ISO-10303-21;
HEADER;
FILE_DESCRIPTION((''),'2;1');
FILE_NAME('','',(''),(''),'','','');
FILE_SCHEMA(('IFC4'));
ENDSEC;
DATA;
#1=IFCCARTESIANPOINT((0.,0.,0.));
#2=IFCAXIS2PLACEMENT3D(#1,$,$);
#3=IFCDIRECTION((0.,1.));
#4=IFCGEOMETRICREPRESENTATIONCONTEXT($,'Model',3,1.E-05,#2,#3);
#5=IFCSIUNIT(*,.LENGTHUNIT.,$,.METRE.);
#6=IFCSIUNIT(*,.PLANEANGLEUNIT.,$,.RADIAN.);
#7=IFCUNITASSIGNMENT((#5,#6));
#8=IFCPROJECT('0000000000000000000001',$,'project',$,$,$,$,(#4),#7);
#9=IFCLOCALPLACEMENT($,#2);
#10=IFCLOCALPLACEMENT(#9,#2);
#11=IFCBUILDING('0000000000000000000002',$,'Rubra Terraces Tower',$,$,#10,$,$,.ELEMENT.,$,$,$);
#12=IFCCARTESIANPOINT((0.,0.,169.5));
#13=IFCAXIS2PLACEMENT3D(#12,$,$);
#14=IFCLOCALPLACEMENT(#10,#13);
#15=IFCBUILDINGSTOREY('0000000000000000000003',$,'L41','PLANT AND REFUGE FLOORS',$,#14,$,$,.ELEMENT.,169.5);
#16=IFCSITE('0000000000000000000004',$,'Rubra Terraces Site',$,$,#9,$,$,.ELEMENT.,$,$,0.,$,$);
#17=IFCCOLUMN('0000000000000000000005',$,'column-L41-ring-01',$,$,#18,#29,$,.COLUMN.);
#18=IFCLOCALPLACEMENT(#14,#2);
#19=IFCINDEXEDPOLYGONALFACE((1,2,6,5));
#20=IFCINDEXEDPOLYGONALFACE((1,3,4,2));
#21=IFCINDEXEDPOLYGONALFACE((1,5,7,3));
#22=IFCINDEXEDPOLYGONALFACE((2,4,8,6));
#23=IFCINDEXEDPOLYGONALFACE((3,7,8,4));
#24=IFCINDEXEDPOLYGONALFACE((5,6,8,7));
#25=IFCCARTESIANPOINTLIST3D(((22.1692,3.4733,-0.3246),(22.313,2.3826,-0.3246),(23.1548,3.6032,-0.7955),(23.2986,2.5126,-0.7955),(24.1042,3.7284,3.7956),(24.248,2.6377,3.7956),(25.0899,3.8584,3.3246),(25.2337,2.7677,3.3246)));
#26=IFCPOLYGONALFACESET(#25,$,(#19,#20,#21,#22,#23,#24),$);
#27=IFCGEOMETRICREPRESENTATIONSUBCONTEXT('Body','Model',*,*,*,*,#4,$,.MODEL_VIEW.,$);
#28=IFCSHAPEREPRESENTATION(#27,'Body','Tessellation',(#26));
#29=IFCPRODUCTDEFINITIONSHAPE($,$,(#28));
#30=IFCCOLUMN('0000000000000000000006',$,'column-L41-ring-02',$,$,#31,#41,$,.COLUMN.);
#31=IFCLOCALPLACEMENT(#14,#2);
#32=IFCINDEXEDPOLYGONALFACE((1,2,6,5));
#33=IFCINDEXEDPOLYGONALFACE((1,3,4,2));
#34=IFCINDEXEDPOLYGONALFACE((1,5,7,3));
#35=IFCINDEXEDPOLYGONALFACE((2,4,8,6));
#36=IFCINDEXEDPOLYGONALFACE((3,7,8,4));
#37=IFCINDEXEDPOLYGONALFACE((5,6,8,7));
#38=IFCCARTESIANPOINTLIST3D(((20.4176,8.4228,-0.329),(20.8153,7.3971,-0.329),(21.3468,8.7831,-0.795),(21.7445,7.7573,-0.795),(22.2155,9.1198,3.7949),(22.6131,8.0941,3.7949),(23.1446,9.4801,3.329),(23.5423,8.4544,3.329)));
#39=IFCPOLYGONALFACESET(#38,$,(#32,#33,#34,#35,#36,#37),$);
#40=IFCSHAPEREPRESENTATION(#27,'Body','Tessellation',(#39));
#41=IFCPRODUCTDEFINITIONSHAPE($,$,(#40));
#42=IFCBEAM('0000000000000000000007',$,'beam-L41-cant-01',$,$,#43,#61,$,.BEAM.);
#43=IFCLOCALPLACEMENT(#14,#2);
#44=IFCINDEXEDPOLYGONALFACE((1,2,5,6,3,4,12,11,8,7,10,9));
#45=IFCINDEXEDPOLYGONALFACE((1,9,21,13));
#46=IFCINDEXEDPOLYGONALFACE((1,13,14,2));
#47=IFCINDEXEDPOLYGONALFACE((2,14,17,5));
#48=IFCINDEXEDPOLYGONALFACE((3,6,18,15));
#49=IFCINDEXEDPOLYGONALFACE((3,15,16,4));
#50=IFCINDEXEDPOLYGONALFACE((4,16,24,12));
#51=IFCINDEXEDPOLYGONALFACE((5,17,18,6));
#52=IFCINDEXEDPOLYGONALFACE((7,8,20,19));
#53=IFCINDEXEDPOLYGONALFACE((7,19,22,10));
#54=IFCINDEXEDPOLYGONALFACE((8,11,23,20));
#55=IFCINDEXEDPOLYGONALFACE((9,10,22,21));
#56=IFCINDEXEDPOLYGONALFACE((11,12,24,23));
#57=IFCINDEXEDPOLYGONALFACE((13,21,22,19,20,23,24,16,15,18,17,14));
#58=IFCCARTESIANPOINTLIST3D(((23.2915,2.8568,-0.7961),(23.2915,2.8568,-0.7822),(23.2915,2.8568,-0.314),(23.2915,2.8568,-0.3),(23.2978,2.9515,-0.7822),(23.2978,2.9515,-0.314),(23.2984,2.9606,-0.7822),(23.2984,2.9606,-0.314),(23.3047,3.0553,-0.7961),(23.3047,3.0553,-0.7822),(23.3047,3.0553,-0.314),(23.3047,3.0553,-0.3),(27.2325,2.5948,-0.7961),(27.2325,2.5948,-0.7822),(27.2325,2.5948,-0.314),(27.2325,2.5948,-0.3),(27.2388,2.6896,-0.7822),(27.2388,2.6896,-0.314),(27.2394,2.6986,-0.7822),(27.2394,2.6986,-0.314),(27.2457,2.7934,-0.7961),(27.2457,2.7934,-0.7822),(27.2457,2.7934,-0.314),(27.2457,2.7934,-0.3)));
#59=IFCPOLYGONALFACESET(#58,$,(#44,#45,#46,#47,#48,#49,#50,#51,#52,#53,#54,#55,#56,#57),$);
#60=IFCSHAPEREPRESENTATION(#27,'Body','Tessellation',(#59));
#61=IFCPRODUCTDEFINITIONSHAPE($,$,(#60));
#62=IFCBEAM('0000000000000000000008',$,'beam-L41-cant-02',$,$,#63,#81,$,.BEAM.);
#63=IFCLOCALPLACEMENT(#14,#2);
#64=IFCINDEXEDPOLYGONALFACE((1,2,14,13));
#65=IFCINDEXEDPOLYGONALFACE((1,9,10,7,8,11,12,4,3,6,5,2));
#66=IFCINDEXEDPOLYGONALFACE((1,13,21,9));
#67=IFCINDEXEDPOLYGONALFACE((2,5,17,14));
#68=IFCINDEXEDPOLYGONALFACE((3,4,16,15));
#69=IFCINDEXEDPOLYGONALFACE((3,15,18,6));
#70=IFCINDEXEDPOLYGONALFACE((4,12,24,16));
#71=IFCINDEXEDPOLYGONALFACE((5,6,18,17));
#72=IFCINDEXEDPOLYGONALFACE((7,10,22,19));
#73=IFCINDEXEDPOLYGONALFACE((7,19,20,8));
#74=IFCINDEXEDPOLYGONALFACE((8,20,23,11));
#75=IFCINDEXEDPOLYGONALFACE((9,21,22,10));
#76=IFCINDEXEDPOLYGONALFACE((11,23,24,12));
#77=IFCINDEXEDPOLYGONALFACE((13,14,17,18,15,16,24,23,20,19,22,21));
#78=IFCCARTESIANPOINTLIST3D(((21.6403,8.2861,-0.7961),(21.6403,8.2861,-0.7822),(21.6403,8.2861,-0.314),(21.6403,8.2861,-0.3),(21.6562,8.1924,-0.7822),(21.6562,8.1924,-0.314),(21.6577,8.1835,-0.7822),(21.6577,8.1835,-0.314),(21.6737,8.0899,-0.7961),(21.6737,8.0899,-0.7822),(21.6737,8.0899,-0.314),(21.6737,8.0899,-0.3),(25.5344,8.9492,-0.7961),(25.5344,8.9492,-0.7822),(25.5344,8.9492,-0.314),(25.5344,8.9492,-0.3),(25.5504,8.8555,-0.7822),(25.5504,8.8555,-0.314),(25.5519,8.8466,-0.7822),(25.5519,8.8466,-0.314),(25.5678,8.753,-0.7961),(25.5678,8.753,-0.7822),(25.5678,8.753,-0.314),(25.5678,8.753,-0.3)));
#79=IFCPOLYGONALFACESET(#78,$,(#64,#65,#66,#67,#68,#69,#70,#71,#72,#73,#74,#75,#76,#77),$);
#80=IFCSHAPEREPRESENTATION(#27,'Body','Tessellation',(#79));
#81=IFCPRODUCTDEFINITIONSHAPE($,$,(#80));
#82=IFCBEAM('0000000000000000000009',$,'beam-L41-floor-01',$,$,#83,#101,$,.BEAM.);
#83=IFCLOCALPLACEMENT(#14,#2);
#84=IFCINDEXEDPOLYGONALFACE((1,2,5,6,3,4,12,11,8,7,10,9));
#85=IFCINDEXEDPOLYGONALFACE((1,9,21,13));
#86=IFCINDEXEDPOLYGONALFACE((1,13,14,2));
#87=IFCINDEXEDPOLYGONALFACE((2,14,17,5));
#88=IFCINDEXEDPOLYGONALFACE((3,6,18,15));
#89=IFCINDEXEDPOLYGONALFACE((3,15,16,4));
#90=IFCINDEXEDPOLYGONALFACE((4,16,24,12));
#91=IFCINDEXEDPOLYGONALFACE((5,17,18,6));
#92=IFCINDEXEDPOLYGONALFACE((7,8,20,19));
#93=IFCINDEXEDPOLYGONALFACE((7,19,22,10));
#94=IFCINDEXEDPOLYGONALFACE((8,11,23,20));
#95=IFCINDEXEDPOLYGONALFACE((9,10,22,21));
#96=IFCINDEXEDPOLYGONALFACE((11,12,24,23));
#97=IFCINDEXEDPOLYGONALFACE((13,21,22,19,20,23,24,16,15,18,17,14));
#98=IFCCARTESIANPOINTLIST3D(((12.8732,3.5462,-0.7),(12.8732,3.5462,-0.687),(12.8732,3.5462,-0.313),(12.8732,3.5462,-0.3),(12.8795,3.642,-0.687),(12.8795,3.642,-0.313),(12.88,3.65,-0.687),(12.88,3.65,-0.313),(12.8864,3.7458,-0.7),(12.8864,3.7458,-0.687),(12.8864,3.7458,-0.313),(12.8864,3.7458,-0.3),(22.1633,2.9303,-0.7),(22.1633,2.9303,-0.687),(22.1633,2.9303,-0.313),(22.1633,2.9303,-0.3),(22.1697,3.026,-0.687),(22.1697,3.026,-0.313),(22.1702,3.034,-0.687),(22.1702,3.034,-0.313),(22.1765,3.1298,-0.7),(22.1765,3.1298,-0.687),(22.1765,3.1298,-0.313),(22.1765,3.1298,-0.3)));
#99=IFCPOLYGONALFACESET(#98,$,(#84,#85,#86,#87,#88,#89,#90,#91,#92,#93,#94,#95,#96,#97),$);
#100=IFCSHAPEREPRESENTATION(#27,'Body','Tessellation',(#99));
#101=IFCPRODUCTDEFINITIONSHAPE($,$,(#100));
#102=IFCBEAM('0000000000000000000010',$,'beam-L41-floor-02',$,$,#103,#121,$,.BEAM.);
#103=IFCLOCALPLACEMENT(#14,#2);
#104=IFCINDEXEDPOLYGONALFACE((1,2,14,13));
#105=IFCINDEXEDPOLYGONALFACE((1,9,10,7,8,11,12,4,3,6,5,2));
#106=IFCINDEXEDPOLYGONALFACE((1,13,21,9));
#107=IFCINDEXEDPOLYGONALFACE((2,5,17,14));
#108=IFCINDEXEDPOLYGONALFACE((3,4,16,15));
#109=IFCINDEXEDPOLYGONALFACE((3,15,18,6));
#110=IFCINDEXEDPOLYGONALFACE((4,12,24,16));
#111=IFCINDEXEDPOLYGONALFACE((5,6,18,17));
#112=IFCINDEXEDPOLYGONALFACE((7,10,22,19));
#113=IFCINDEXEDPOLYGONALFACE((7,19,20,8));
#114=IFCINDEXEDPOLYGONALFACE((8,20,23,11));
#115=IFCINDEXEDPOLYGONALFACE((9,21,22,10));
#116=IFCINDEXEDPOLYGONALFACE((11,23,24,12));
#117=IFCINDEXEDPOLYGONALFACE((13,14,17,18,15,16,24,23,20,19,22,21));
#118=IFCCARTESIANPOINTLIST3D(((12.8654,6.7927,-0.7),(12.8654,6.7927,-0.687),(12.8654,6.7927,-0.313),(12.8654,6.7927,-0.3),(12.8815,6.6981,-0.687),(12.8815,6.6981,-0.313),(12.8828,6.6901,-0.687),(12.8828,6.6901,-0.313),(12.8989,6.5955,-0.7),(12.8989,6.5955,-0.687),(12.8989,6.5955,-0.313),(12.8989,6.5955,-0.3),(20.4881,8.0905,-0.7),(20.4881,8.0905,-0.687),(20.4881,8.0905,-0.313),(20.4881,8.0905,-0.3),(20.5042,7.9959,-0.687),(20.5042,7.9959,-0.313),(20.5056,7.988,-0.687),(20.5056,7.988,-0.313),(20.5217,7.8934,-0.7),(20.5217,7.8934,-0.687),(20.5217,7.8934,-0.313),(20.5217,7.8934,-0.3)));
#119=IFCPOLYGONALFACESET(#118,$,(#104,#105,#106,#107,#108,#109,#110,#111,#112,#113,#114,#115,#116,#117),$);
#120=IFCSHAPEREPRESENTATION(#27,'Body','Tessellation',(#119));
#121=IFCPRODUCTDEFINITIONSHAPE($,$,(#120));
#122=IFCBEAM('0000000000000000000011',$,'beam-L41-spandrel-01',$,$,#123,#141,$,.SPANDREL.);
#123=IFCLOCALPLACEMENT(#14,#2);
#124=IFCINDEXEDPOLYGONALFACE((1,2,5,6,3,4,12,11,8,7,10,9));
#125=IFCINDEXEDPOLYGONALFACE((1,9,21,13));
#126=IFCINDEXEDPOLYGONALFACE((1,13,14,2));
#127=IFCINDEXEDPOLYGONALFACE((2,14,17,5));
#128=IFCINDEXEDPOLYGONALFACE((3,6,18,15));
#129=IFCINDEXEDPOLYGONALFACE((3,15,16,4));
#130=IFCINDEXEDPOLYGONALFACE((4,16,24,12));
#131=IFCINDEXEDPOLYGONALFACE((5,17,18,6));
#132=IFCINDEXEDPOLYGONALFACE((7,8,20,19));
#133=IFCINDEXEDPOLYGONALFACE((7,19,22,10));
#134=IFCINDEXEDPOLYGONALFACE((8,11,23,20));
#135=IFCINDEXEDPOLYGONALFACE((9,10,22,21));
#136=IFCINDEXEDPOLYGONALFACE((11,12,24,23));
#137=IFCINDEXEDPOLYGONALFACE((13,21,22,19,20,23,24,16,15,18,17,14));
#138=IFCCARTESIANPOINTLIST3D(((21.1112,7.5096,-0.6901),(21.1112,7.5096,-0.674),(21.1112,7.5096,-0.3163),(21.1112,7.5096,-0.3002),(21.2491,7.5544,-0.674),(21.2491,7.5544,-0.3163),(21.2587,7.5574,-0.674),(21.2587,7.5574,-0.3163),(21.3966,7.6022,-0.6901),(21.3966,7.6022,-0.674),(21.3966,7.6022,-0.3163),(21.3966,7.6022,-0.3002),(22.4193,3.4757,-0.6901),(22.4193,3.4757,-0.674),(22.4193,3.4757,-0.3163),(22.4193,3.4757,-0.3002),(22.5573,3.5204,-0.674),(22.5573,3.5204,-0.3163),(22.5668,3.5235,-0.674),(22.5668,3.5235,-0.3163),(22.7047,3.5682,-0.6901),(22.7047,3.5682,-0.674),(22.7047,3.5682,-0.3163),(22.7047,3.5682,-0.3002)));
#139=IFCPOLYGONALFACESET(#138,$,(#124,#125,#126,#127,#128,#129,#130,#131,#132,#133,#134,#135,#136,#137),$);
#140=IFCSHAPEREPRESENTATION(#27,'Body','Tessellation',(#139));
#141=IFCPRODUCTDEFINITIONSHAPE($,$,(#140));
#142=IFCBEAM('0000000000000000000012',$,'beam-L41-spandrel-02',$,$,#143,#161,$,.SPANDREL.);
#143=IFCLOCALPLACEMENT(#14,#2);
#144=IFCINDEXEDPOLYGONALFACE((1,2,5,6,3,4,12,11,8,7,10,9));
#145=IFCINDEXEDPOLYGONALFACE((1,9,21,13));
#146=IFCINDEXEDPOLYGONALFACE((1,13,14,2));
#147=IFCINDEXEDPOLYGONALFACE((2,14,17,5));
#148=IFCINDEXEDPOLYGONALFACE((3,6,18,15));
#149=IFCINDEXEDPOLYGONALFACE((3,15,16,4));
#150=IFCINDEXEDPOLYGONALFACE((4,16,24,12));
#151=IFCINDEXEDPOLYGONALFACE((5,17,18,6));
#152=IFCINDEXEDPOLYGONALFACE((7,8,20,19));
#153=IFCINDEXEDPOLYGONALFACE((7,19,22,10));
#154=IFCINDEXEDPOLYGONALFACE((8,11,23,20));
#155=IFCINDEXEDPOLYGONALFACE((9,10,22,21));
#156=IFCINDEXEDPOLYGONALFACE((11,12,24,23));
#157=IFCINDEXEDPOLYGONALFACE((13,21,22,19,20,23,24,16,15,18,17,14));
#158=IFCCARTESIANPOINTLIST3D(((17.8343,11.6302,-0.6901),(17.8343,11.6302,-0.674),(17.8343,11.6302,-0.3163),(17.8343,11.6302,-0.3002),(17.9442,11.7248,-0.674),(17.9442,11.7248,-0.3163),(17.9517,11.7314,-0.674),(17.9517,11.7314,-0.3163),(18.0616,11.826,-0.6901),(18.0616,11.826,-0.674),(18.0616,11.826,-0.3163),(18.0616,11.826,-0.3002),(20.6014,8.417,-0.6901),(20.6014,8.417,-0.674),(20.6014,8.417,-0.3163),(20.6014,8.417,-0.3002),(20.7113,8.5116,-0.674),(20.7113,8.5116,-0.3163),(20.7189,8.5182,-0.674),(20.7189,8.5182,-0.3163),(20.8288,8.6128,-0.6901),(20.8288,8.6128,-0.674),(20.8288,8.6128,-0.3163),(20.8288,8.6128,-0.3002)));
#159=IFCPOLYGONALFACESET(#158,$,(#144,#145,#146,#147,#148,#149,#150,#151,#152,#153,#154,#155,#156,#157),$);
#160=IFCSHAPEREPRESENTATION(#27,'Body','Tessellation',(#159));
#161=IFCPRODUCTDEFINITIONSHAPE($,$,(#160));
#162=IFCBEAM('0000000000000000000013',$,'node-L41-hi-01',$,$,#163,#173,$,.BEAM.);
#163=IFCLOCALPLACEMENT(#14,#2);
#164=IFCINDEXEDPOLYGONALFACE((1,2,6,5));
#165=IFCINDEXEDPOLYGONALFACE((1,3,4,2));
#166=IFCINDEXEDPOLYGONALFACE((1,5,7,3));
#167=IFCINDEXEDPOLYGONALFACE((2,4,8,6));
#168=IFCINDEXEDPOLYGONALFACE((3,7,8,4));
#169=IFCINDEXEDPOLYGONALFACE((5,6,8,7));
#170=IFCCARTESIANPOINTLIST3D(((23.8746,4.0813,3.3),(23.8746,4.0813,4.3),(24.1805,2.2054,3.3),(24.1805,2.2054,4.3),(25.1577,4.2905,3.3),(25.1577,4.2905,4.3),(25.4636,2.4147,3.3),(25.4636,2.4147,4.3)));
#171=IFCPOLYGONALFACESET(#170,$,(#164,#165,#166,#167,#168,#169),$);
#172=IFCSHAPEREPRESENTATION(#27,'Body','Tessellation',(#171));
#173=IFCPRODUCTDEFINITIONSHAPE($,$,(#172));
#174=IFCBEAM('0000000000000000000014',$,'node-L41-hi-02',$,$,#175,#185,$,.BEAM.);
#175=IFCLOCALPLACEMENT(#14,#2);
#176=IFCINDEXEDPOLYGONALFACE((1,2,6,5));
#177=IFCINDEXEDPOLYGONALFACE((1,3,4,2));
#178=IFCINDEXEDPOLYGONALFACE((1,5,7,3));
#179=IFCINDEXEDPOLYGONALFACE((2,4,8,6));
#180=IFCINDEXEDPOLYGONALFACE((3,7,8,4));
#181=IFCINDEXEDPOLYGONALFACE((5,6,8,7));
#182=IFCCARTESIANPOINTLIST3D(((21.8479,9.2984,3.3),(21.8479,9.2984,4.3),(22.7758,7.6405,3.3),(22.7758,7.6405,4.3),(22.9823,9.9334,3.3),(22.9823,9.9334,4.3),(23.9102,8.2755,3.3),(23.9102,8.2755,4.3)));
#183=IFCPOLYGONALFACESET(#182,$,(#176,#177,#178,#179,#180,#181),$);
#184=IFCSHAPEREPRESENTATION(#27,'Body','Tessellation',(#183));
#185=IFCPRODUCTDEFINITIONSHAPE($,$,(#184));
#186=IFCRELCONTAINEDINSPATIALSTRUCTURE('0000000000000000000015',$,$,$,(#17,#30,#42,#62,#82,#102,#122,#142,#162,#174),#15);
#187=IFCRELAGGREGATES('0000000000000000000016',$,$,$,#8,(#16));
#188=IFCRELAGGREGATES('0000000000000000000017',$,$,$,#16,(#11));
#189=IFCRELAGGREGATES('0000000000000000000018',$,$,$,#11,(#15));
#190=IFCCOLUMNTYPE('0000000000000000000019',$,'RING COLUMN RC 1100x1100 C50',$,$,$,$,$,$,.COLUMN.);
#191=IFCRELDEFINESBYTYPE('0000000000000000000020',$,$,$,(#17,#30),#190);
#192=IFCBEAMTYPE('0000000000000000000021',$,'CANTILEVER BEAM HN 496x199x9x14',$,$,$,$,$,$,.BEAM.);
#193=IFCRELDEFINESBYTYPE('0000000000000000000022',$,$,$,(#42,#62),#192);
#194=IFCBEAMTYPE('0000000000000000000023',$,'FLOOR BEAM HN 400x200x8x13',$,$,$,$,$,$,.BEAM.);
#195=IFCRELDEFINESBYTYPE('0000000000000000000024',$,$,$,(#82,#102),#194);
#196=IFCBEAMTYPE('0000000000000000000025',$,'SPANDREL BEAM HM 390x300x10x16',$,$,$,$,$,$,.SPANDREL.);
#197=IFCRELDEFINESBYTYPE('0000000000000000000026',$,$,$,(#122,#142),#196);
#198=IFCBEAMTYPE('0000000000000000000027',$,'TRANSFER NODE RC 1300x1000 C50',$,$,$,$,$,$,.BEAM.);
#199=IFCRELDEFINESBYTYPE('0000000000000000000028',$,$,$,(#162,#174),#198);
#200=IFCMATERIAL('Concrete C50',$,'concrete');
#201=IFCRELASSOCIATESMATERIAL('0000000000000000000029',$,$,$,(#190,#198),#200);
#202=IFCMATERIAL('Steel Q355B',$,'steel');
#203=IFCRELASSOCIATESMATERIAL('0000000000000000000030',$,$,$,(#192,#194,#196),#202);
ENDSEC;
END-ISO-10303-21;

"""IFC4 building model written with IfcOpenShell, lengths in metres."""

from ifc_helpers import new_model, si_unit, direction, frame, origin, origin_2d, place, context, subcontext, project, spatial, rectangle, i_section, extrude, material, material_profile, profile_set, type_object, element, save


model = new_model("IFC4")

# Units and contexts
model_context = context("Model", 3, precision=1e-05, world=origin(), true_north=direction((0.0, 1.0)))
body_context = subcontext(model_context, "Body", "Model", "MODEL_VIEW")
ifc_project = project(units=[si_unit("LENGTHUNIT", "METRE"), si_unit("PLANEANGLEUNIT", "RADIAN")], contexts=[model_context])

# Site, building, storey
site_placement = place(None, origin())
site = spatial("IfcSite", under=ifc_project, at=site_placement, Name="Rubra Terraces Site", CompositionType="ELEMENT", RefElevation=0.0)
building_placement = place(site_placement, origin())
building = spatial("IfcBuilding", under=site, at=building_placement, Name="Rubra Terraces Tower", CompositionType="ELEMENT")
storey_placement = place(building_placement, frame((0.0, 0.0, 169.5)))
storey = spatial("IfcBuildingStorey", under=building, at=storey_placement, Name="L41", Description="PLANT AND REFUGE FLOORS", CompositionType="ELEMENT", Elevation=169.5)

# Columns
ifc_material_1 = material(Name="Concrete C50", Category="concrete")
ifc_material_profile_1 = material_profile(ifc_material_1, rectangle(XDim=1.1001, YDim=1.1001, at=origin_2d()), Name="RC 1100x1100")
ifc_profile_set_1 = profile_set([ifc_material_profile_1], Name="Concrete C50")
column_type = type_object("IfcColumnType", Name="RING COLUMN RC 1100x1100 C50", PredefinedType="COLUMN", material=ifc_profile_set_1)
column_1_placement = place(storey_placement, frame((22.7339, 2.9929, -0.5601), z_axis=(0.424444, 0.055961, 0.903723), x_axis=(-0.130713, 0.99142, 0.0)))
element("IfcColumn", 1, at=column_1_placement, inside=storey, type_object=column_type, Name="column-L41-ring-01", PredefinedType="COLUMN", context=body_context, shape_type="SweptSolid", body=[
    extrude(rectangle(XDim=1.1001, YDim=1.1001, at=origin_2d()), origin(), (0.0, 0.0, 1.0), 4.5591),
])
column_2_placement = place(storey_placement, frame((21.0811, 8.0901, -0.562), z_axis=(0.394911, 0.153106, 0.905872), x_axis=(-0.361481, 0.93238, 0.0)))
element("IfcColumn", 2, at=column_2_placement, inside=storey, type_object=column_type, Name="column-L41-ring-02", PredefinedType="COLUMN", context=body_context, shape_type="SweptSolid", body=[
    extrude(rectangle(XDim=1.1001, YDim=1.1001, at=origin_2d()), origin(), (0.0, 0.0, 1.0), 4.5525),
])

# Beams
ifc_material_2 = material(Name="Steel Q355B", Category="steel")
ifc_material_profile_2 = material_profile(ifc_material_2, i_section(OverallWidth=0.199, OverallDepth=0.4961, WebThickness=0.009, FlangeThickness=0.0139, at=origin_2d()), Name="HN 496x199x9x14")
ifc_profile_set_2 = profile_set([ifc_material_profile_2], Name="Steel Q355B")
beam_type_1 = type_object("IfcBeamType", Name="CANTILEVER BEAM HN 496x199x9x14", PredefinedType="BEAM", material=ifc_profile_set_2)
beam_1_placement = place(storey_placement, frame((23.2981, 2.9561, -0.5481), z_axis=(0.997798, -0.066326, 0.0), x_axis=(0.066326, 0.997798, 0.0)))
element("IfcBeam", 3, at=beam_1_placement, inside=storey, type_object=beam_type_1, Name="beam-L41-cant-01", PredefinedType="BEAM", context=body_context, shape_type="SweptSolid", body=[
    extrude(i_section(OverallWidth=0.199, OverallDepth=0.4961, WebThickness=0.009, FlangeThickness=0.0139, at=origin_2d()), origin(), (0.0, 0.0, 1.0), 3.9497),
])
beam_2_placement = place(storey_placement, frame((21.657, 8.188, -0.5481), z_axis=(0.98581, 0.167866, 0.0), x_axis=(-0.167866, 0.98581, 0.0)))
element("IfcBeam", 4, at=beam_2_placement, inside=storey, type_object=beam_type_1, Name="beam-L41-cant-02", PredefinedType="BEAM", context=body_context, shape_type="SweptSolid", body=[
    extrude(i_section(OverallWidth=0.199, OverallDepth=0.4961, WebThickness=0.009, FlangeThickness=0.0139, at=origin_2d()), origin(), (0.0, 0.0, 1.0), 3.9502),
])
ifc_material_profile_3 = material_profile(ifc_material_2, i_section(OverallWidth=0.2, OverallDepth=0.3999, WebThickness=0.0081, FlangeThickness=0.0129, at=origin_2d()), Name="HN 400x200x8x13")
ifc_profile_set_3 = profile_set([ifc_material_profile_3], Name="Steel Q355B")
beam_type_2 = type_object("IfcBeamType", Name="FLOOR BEAM HN 400x200x8x13", PredefinedType="BEAM", material=ifc_profile_set_3)
beam_3_placement = place(storey_placement, frame((22.1699, 3.03, -0.5), z_axis=(-0.997809, 0.066159, 0.0), x_axis=(-0.066159, -0.997809, 0.0)))
element("IfcBeam", 5, at=beam_3_placement, inside=storey, type_object=beam_type_2, Name="beam-L41-floor-01", PredefinedType="BEAM", context=body_context, shape_type="SweptSolid", body=[
    extrude(i_section(OverallWidth=0.2, OverallDepth=0.3999, WebThickness=0.0081, FlangeThickness=0.0129, at=origin_2d()), origin(), (0.0, 0.0, 1.0), 9.3105),
])
beam_4_placement = place(storey_placement, frame((20.5049, 7.9919, -0.5), z_axis=(-0.985814, -0.167844, 0.0), x_axis=(0.167844, -0.985814, 0.0)))
element("IfcBeam", 6, at=beam_4_placement, inside=storey, type_object=beam_type_2, Name="beam-L41-floor-02", PredefinedType="BEAM", context=body_context, shape_type="SweptSolid", body=[
    extrude(i_section(OverallWidth=0.2, OverallDepth=0.3999, WebThickness=0.0081, FlangeThickness=0.0129, at=origin_2d()), origin(), (0.0, 0.0, 1.0), 7.7324),
])
ifc_material_profile_4 = material_profile(ifc_material_2, i_section(OverallWidth=0.3, OverallDepth=0.3899, WebThickness=0.01, FlangeThickness=0.0161, at=origin_2d()), Name="HM 390x300x10x16")
ifc_profile_set_4 = profile_set([ifc_material_profile_4], Name="Steel Q355B")
beam_type_3 = type_object("IfcBeamType", Name="SPANDREL BEAM HM 390x300x10x16", PredefinedType="SPANDREL", material=ifc_profile_set_4)
beam_5_placement = place(storey_placement, frame((22.562, 3.522, -0.4951), z_axis=(-0.308462, 0.951237, 0.0), x_axis=(-0.951237, -0.308462, 0.0)))
element("IfcBeam", 7, at=beam_5_placement, inside=storey, type_object=beam_type_3, Name="beam-L41-spandrel-01", PredefinedType="SPANDREL", context=body_context, shape_type="SweptSolid", body=[
    extrude(i_section(OverallWidth=0.3, OverallDepth=0.3899, WebThickness=0.01, FlangeThickness=0.0161, at=origin_2d()), origin(), (0.0, 0.0, 1.0), 4.2407),
])
beam_6_placement = place(storey_placement, frame((20.7151, 8.5149, -0.4951), z_axis=(-0.652553, 0.757743, 0.0), x_axis=(-0.757743, -0.652553, 0.0)))
element("IfcBeam", 8, at=beam_6_placement, inside=storey, type_object=beam_type_3, Name="beam-L41-spandrel-02", PredefinedType="SPANDREL", context=body_context, shape_type="SweptSolid", body=[
    extrude(i_section(OverallWidth=0.3, OverallDepth=0.3899, WebThickness=0.01, FlangeThickness=0.0161, at=origin_2d()), origin(), (0.0, 0.0, 1.0), 4.2405),
])
ifc_material_profile_5 = material_profile(ifc_material_1, rectangle(XDim=1.3, YDim=1.0, at=origin_2d()), Name="RC 1300x1000")
ifc_profile_set_5 = profile_set([ifc_material_profile_5], Name="Concrete C50")
beam_type_4 = type_object("IfcBeamType", Name="TRANSFER NODE RC 1300x1000 C50", PredefinedType="BEAM", material=ifc_profile_set_5)
beam_7_placement = place(storey_placement, frame((24.822, 2.3101, 3.8), z_axis=(-0.16094, 0.986964, 0.0), x_axis=(-0.986964, -0.16094, 0.0)))
element("IfcBeam", 9, at=beam_7_placement, inside=storey, type_object=beam_type_4, Name="node-L41-hi-01", PredefinedType="BEAM", context=body_context, shape_type="SweptSolid", body=[
    extrude(rectangle(XDim=1.3, YDim=1.0, at=origin_2d()), origin(), (0.0, 0.0, 1.0), 1.9006),
])
beam_8_placement = place(storey_placement, frame((23.343, 7.958, 3.8), z_axis=(-0.488412, 0.872613, 0.0), x_axis=(-0.872613, -0.488412, 0.0)))
element("IfcBeam", 10, at=beam_8_placement, inside=storey, type_object=beam_type_4, Name="node-L41-hi-02", PredefinedType="BEAM", context=body_context, shape_type="SweptSolid", body=[
    extrude(rectangle(XDim=1.3, YDim=1.0, at=origin_2d()), origin(), (0.0, 0.0, 1.0), 1.8999),
])

save(model, "model.ifc")
